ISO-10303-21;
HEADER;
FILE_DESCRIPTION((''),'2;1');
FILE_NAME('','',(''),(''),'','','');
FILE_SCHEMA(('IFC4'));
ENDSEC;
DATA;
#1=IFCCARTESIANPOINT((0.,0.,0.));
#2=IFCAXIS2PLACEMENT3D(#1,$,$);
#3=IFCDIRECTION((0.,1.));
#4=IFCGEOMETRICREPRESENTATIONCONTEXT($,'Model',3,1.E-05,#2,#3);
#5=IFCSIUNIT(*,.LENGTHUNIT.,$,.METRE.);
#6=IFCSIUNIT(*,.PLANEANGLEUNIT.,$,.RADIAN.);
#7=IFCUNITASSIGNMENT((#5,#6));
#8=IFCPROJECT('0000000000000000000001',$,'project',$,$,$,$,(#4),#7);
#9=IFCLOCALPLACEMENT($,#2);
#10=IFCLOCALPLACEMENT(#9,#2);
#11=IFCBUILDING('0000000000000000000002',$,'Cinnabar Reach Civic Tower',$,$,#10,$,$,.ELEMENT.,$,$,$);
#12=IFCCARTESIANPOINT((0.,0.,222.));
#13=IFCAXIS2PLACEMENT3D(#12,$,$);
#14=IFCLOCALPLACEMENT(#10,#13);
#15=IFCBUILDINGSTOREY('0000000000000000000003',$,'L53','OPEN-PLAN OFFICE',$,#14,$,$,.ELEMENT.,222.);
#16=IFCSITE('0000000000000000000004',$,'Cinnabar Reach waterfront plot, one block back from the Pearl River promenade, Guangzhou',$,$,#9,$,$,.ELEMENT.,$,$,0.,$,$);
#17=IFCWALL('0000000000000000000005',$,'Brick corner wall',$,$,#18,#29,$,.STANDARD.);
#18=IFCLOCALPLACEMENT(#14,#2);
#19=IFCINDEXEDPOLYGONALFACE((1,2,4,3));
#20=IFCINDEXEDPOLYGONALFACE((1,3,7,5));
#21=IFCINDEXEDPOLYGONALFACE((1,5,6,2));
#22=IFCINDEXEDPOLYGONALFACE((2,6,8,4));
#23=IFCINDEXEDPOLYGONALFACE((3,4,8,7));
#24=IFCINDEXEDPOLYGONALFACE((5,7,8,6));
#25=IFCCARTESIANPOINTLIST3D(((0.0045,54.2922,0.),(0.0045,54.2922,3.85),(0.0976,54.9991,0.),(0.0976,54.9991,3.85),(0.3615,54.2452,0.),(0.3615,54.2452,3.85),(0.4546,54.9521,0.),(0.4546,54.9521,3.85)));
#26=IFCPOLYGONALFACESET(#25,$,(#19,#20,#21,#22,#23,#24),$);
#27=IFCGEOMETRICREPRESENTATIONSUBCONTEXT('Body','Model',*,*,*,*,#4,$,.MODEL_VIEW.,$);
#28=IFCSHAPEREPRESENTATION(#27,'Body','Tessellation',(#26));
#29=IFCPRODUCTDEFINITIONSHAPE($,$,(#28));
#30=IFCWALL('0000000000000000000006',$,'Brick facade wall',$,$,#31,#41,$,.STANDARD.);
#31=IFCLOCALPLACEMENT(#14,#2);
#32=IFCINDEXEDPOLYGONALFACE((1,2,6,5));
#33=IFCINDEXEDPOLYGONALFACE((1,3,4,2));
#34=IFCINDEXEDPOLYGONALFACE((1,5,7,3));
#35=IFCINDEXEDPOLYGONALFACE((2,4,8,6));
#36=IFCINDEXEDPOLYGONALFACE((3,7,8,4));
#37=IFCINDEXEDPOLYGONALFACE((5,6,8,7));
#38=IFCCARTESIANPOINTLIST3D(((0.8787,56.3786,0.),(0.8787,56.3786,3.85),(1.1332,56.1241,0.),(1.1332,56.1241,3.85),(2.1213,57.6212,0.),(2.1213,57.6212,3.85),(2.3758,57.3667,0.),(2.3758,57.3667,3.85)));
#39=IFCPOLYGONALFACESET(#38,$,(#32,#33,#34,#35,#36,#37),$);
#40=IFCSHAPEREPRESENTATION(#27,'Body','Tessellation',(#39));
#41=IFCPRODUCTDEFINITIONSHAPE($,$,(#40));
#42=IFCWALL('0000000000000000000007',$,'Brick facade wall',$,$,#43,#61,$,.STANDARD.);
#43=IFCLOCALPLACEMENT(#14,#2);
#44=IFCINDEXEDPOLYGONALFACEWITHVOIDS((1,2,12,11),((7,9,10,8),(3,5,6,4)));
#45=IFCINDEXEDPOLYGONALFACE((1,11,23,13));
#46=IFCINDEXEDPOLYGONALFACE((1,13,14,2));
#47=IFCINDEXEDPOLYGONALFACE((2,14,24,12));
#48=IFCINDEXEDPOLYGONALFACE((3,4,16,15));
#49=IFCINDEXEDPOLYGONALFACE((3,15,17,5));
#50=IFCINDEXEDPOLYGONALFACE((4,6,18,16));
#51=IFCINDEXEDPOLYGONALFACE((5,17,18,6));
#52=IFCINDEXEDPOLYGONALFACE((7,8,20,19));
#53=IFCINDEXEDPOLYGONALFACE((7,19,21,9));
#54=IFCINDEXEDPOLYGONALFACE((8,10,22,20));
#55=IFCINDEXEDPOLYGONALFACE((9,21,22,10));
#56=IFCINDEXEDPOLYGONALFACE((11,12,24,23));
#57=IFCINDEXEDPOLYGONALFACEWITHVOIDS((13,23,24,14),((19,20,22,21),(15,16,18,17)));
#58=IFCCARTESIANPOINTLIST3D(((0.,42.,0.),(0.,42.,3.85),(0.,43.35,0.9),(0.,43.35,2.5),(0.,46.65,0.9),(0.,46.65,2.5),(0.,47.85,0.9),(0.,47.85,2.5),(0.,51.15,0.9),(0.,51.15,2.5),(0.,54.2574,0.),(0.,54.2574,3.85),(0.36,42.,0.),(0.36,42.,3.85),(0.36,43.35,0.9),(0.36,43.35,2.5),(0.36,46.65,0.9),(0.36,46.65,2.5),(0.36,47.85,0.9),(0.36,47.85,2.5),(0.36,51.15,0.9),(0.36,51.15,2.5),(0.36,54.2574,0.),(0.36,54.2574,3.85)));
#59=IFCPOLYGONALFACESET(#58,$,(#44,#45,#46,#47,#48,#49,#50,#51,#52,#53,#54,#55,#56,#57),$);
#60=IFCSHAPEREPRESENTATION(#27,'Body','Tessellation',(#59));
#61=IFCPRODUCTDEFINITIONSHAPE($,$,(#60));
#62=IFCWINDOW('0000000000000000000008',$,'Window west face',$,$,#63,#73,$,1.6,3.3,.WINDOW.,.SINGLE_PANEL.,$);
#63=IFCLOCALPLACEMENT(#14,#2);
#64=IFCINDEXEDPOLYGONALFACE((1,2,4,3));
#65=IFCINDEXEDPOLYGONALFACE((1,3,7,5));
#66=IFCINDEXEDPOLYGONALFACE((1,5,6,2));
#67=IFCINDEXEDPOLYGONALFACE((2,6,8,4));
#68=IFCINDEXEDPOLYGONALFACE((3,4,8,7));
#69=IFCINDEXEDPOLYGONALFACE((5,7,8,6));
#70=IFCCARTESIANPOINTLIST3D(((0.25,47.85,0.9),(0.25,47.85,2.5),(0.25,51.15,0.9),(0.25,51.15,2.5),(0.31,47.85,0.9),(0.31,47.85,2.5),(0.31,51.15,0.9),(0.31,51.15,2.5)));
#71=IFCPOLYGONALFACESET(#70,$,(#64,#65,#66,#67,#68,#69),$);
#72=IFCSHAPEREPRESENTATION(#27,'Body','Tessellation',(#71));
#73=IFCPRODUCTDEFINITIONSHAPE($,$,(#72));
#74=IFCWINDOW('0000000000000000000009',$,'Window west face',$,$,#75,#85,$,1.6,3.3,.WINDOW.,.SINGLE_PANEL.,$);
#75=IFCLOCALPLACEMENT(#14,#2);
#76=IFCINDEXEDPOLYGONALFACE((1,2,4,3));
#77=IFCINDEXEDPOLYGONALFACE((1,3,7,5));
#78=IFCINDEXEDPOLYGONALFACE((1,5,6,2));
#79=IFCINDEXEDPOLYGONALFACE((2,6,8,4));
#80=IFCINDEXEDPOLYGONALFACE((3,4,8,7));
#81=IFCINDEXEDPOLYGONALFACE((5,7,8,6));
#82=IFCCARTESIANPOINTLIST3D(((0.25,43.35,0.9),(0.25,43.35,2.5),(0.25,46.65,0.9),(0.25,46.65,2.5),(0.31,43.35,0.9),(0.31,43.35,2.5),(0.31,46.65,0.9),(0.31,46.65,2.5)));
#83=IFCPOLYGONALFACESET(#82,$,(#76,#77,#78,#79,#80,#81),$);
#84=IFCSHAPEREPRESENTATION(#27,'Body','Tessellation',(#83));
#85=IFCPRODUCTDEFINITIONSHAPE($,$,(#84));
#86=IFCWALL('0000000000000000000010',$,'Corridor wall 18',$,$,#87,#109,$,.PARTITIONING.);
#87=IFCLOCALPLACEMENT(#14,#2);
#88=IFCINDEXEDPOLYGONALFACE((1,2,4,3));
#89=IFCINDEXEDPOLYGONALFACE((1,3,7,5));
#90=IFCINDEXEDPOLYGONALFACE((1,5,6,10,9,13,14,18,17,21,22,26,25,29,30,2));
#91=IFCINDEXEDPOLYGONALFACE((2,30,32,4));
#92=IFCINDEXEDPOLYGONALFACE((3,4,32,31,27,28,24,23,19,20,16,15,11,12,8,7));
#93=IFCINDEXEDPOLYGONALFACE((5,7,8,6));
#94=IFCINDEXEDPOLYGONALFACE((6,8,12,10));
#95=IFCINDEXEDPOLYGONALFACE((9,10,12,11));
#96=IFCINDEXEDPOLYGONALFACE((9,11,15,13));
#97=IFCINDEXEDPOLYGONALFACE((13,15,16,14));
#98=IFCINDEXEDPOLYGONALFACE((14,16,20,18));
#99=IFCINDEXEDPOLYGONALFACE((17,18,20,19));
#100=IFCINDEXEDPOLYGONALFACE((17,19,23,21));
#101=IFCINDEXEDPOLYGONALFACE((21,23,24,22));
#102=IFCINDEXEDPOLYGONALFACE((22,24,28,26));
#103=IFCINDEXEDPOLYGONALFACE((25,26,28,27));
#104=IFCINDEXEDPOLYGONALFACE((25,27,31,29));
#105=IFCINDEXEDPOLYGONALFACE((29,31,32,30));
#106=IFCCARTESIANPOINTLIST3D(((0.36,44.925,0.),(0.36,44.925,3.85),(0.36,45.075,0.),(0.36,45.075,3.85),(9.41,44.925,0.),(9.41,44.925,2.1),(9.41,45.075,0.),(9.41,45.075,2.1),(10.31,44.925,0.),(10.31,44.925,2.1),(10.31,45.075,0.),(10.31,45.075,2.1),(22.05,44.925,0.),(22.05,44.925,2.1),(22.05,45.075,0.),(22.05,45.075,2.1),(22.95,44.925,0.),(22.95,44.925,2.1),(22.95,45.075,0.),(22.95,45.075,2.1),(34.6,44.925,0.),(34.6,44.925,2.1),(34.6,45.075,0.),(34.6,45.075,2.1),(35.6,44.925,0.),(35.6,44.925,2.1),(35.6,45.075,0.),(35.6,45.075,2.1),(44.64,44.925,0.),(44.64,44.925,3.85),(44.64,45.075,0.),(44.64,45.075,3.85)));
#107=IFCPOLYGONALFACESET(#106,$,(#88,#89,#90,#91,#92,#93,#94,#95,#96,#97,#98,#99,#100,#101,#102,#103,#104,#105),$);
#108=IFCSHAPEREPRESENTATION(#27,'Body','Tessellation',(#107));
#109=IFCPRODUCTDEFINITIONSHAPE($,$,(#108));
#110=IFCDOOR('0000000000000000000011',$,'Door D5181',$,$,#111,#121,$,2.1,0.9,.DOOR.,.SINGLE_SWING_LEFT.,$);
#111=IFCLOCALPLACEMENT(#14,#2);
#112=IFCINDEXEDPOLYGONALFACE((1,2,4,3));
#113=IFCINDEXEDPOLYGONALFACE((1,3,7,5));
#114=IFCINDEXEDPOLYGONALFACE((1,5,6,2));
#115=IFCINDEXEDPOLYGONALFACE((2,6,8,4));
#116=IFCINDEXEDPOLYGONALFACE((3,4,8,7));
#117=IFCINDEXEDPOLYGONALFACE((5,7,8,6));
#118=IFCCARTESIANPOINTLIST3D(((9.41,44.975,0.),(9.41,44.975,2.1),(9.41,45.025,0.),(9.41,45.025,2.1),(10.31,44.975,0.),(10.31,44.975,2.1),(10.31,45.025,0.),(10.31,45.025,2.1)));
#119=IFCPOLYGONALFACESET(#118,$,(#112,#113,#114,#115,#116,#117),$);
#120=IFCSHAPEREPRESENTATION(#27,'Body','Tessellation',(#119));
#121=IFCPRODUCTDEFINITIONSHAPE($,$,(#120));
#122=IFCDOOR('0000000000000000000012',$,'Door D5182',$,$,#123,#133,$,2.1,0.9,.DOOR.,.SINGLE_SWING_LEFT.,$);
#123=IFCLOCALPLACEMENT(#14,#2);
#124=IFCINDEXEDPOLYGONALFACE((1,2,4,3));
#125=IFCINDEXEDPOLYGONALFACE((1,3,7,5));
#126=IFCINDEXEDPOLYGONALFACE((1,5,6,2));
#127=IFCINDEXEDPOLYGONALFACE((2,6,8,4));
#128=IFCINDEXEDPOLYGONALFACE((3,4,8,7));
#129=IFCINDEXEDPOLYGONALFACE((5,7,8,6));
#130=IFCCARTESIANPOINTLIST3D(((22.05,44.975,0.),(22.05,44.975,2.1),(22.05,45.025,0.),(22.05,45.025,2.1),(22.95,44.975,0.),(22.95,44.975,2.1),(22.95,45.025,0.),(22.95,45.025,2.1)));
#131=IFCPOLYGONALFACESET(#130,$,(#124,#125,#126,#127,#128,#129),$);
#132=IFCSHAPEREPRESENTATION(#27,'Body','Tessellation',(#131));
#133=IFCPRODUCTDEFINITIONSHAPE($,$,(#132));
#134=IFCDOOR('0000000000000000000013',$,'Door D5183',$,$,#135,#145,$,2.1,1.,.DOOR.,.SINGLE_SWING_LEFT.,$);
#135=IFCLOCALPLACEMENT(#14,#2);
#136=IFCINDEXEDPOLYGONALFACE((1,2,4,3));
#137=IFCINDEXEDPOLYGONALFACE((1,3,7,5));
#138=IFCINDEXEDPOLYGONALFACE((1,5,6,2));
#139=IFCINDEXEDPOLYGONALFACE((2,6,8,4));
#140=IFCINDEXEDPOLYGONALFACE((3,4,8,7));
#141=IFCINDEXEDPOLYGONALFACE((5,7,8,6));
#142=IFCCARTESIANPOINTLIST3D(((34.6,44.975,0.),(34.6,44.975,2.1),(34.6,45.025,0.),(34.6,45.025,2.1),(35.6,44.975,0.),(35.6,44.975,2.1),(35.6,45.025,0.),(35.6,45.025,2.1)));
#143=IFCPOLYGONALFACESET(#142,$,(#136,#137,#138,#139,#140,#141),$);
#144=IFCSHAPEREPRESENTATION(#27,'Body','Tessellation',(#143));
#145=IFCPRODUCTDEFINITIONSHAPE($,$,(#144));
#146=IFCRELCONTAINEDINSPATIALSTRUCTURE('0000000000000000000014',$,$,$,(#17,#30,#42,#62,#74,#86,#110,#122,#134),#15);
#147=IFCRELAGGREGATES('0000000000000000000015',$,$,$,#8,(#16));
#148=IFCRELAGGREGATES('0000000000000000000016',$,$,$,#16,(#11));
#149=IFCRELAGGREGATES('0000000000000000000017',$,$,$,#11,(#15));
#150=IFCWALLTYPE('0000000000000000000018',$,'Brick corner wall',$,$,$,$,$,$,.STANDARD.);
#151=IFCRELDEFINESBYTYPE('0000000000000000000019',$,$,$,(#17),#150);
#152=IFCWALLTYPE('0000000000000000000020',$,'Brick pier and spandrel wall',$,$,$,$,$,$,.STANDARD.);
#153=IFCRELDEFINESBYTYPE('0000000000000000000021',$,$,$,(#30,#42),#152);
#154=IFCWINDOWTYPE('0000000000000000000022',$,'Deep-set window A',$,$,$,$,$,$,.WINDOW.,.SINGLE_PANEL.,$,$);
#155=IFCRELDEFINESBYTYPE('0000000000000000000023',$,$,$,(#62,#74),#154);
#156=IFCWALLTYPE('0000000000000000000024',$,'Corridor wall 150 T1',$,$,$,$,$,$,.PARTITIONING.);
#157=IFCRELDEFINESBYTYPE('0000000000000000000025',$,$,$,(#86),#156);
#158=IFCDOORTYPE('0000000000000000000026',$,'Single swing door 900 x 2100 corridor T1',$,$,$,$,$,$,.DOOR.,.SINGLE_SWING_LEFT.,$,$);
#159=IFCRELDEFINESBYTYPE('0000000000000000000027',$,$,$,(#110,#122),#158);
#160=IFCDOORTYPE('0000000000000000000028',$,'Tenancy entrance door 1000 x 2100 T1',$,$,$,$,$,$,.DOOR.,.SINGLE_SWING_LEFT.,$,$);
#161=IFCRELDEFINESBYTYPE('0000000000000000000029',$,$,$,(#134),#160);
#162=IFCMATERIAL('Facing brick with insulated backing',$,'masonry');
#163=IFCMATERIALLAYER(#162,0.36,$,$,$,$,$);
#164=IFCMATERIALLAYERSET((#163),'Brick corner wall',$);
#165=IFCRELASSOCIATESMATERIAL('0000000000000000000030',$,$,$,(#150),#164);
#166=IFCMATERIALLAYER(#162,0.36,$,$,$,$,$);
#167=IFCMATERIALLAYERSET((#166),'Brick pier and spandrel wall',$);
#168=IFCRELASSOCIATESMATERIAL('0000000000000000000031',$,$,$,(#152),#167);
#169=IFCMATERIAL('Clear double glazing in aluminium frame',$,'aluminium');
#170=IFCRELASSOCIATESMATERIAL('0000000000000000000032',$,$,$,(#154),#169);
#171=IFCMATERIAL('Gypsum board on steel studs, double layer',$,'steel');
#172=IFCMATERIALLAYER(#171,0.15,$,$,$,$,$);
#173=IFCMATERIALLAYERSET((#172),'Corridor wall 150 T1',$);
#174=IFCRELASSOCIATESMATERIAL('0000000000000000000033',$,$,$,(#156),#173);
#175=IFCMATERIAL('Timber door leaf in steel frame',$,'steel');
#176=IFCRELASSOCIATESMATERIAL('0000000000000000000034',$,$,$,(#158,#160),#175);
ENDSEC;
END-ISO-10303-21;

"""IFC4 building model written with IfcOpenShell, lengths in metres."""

from ifc_helpers import new_model, si_unit, direction, frame, frame_2d, origin, place, context, subcontext, project, spatial, rectangle, extrude, material, layer, layer_set, type_object, element, fill, save


model = new_model("IFC4")

# Units and contexts
model_context = context("Model", 3, precision=1e-05, world=origin(), true_north=direction((0.0, 1.0)))
body_context = subcontext(model_context, "Body", "Model", "MODEL_VIEW")
ifc_project = project(units=[si_unit("LENGTHUNIT", "METRE"), si_unit("PLANEANGLEUNIT", "RADIAN")], contexts=[model_context])

# Site, building, storey
site_placement = place(None, origin())
site = spatial("IfcSite", under=ifc_project, at=site_placement, Name="Cinnabar Reach waterfront plot, one block back from the Pearl River promenade, Guangzhou", CompositionType="ELEMENT", RefElevation=0.0)
building_placement = place(site_placement, origin())
building = spatial("IfcBuilding", under=site, at=building_placement, Name="Cinnabar Reach Civic Tower", CompositionType="ELEMENT")
storey_placement = place(building_placement, frame((0.0, 0.0, 222.0)))
storey = spatial("IfcBuildingStorey", under=building, at=storey_placement, Name="L53", Description="OPEN-PLAN OFFICE", CompositionType="ELEMENT", Elevation=222.0)

# Walls
ifc_material_1 = material(Name="Facing brick with insulated backing", Category="masonry")
ifc_layer_1 = layer(ifc_material_1, 0.36)
ifc_layer_set_1 = layer_set([ifc_layer_1], Name="Brick corner wall")
wall_type_1 = type_object("IfcWallType", Name="Brick corner wall", PredefinedType="STANDARD", material=ifc_layer_set_1)
for number, where, z_axis, x_axis, name in (
    (1, (0.2761, 54.9756, 0.0), (0.0, 0.0, 1.0), (-0.130556, -0.991441, 0.0), "Brick corner wall"),
):
    element("IfcWall", number, at=place(storey_placement, frame(where, z_axis=z_axis, x_axis=x_axis)), inside=storey, type_object=wall_type_1, Name=name, PredefinedType="STANDARD", context=body_context, shape_type="SweptSolid", body=[
        extrude(rectangle(XDim=0.7131, YDim=0.36, at=frame_2d((0.3565, 0.0))), origin(), (0.0, 0.0, 1.0), 3.85),
    ])
ifc_layer_2 = layer(ifc_material_1, 0.36)
ifc_layer_set_2 = layer_set([ifc_layer_2], Name="Brick pier and spandrel wall")
wall_type_2 = type_object("IfcWallType", Name="Brick pier and spandrel wall", PredefinedType="STANDARD", material=ifc_layer_set_2)
wall_1_placement = place(storey_placement, frame((2.2486, 57.494, 0.0), z_axis=(0.0, 0.0, 1.0), x_axis=(-0.707107, -0.707107, 0.0)))
element("IfcWall", 2, at=wall_1_placement, inside=storey, type_object=wall_type_2, Name="Brick facade wall", PredefinedType="STANDARD", context=body_context, shape_type="SweptSolid", body=[
    extrude(rectangle(XDim=1.7573, YDim=0.36, at=frame_2d((0.8787, 0.0))), origin(), (0.0, 0.0, 1.0), 3.85),
])

# Wall, openings, windows
wall_2_placement = place(storey_placement, frame((0.18, 54.2574, 0.0), z_axis=(0.0, 0.0, 1.0), x_axis=(0.0, -1.0, 0.0)))
wall_2 = element("IfcWall", 3, at=wall_2_placement, inside=storey, type_object=wall_type_2, Name="Brick facade wall", PredefinedType="STANDARD", context=body_context, shape_type="SweptSolid", body=[
    extrude(rectangle(XDim=12.2574, YDim=0.36, at=frame_2d((6.1287, 0.0))), origin(), (0.0, 0.0, 1.0), 3.85),
])
opening_1_placement = place(wall_2_placement, frame((3.1074, 0.0, 0.9)))
opening_1 = element("IfcOpeningElement", 4, at=opening_1_placement, cuts=wall_2, PredefinedType="OPENING", context=body_context, shape_type="SweptSolid", body=[
    extrude(rectangle(XDim=3.3, YDim=1.6, at=frame_2d((1.65, 0.8))), frame((0.0, 0.19, 0.0), z_axis=(0.0, -1.0, 0.0), x_axis=(1.0, 0.0, 0.0)), (0.0, 0.0, 1.0), 0.38),
])
opening_2_placement = place(wall_2_placement, frame((7.6074, 0.0, 0.9)))
opening_2 = element("IfcOpeningElement", 5, at=opening_2_placement, cuts=wall_2, PredefinedType="OPENING", context=body_context, shape_type="SweptSolid", body=[
    extrude(rectangle(XDim=3.3, YDim=1.6, at=frame_2d((1.65, 0.8))), frame((0.0, 0.19, 0.0), z_axis=(0.0, -1.0, 0.0), x_axis=(1.0, 0.0, 0.0)), (0.0, 0.0, 1.0), 0.38),
])
ifc_material_2 = material(Name="Clear double glazing in aluminium frame", Category="aluminium")
window_type = type_object("IfcWindowType", Name="Deep-set window A", PartitioningType="SINGLE_PANEL", PredefinedType="WINDOW", material=ifc_material_2)
window_1_placement = place(opening_1_placement, origin())
window_1 = element("IfcWindow", 6, at=window_1_placement, inside=storey, type_object=window_type, Name="Window west face", OverallHeight=1.6, OverallWidth=3.3, PartitioningType="SINGLE_PANEL", PredefinedType="WINDOW", context=body_context, shape_type="SweptSolid", body=[
    extrude(rectangle(XDim=3.3, YDim=1.6, at=frame_2d((1.65, 0.8))), frame((0.0, 0.13, 0.0), z_axis=(0.0, -1.0, 0.0), x_axis=(1.0, 0.0, 0.0)), (0.0, 0.0, 1.0), 0.06),
])
fill(opening_1, window_1)
window_2_placement = place(opening_2_placement, origin())
window_2 = element("IfcWindow", 7, at=window_2_placement, inside=storey, type_object=window_type, Name="Window west face", OverallHeight=1.6, OverallWidth=3.3, PartitioningType="SINGLE_PANEL", PredefinedType="WINDOW", context=body_context, shape_type="SweptSolid", body=[
    extrude(rectangle(XDim=3.3, YDim=1.6, at=frame_2d((1.65, 0.8))), frame((0.0, 0.13, 0.0), z_axis=(0.0, -1.0, 0.0), x_axis=(1.0, 0.0, 0.0)), (0.0, 0.0, 1.0), 0.06),
])
fill(opening_2, window_2)

# Wall, openings, doors
ifc_material_3 = material(Name="Gypsum board on steel studs, double layer", Category="steel")
ifc_layer_3 = layer(ifc_material_3, 0.15)
ifc_layer_set_3 = layer_set([ifc_layer_3], Name="Corridor wall 150 T1")
wall_type_3 = type_object("IfcWallType", Name="Corridor wall 150 T1", PredefinedType="PARTITIONING", material=ifc_layer_set_3)
wall_3_placement = place(storey_placement, frame((0.36, 45.0, 0.0), z_axis=(0.0, 0.0, 1.0), x_axis=(1.0, 0.0, 0.0)))
wall_3 = element("IfcWall", 8, at=wall_3_placement, inside=storey, type_object=wall_type_3, Name="Corridor wall 18", PredefinedType="PARTITIONING", context=body_context, shape_type="SweptSolid", body=[
    extrude(rectangle(XDim=44.28, YDim=0.15, at=frame_2d((22.14, 0.0))), origin(), (0.0, 0.0, 1.0), 3.85),
])
opening_3_placement = place(wall_3_placement, frame((9.05, 0.0, 0.0)))
opening_3 = element("IfcOpeningElement", 9, at=opening_3_placement, cuts=wall_3, PredefinedType="OPENING", context=body_context, shape_type="SweptSolid", body=[
    extrude(rectangle(XDim=0.9, YDim=2.1, at=frame_2d((0.45, 1.05))), frame((0.0, 0.085, 0.0), z_axis=(0.0, -1.0, 0.0), x_axis=(1.0, 0.0, 0.0)), (0.0, 0.0, 1.0), 0.17),
])
opening_4_placement = place(wall_3_placement, frame((21.69, 0.0, 0.0)))
opening_4 = element("IfcOpeningElement", 10, at=opening_4_placement, cuts=wall_3, PredefinedType="OPENING", context=body_context, shape_type="SweptSolid", body=[
    extrude(rectangle(XDim=0.9, YDim=2.1, at=frame_2d((0.45, 1.05))), frame((0.0, 0.085, 0.0), z_axis=(0.0, -1.0, 0.0), x_axis=(1.0, 0.0, 0.0)), (0.0, 0.0, 1.0), 0.17),
])
opening_5_placement = place(wall_3_placement, frame((34.24, 0.0, 0.0)))
opening_5 = element("IfcOpeningElement", 11, at=opening_5_placement, cuts=wall_3, PredefinedType="OPENING", context=body_context, shape_type="SweptSolid", body=[
    extrude(rectangle(XDim=1.0, YDim=2.1, at=frame_2d((0.5, 1.05))), frame((0.0, 0.085, 0.0), z_axis=(0.0, -1.0, 0.0), x_axis=(1.0, 0.0, 0.0)), (0.0, 0.0, 1.0), 0.17),
])
ifc_material_4 = material(Name="Timber door leaf in steel frame", Category="steel")
door_type_1 = type_object("IfcDoorType", Name="Single swing door 900 x 2100 corridor T1", OperationType="SINGLE_SWING_LEFT", PredefinedType="DOOR", material=ifc_material_4)
door_1_placement = place(opening_3_placement, origin())
door_1 = element("IfcDoor", 12, at=door_1_placement, inside=storey, type_object=door_type_1, Name="Door D5181", OperationType="SINGLE_SWING_LEFT", OverallHeight=2.1, OverallWidth=0.9, PredefinedType="DOOR", context=body_context, shape_type="SweptSolid", body=[
    extrude(rectangle(XDim=0.9, YDim=2.1, at=frame_2d((0.45, 1.05))), frame((0.0, 0.025, 0.0), z_axis=(0.0, -1.0, 0.0), x_axis=(1.0, 0.0, 0.0)), (0.0, 0.0, 1.0), 0.05),
])
fill(opening_3, door_1)
door_2_placement = place(opening_4_placement, origin())
door_2 = element("IfcDoor", 13, at=door_2_placement, inside=storey, type_object=door_type_1, Name="Door D5182", OperationType="SINGLE_SWING_LEFT", OverallHeight=2.1, OverallWidth=0.9, PredefinedType="DOOR", context=body_context, shape_type="SweptSolid", body=[
    extrude(rectangle(XDim=0.9, YDim=2.1, at=frame_2d((0.45, 1.05))), frame((0.0, 0.025, 0.0), z_axis=(0.0, -1.0, 0.0), x_axis=(1.0, 0.0, 0.0)), (0.0, 0.0, 1.0), 0.05),
])
fill(opening_4, door_2)
door_type_2 = type_object("IfcDoorType", Name="Tenancy entrance door 1000 x 2100 T1", OperationType="SINGLE_SWING_LEFT", PredefinedType="DOOR", material=ifc_material_4)
door_3_placement = place(opening_5_placement, origin())
door_3 = element("IfcDoor", 14, at=door_3_placement, inside=storey, type_object=door_type_2, Name="Door D5183", OperationType="SINGLE_SWING_LEFT", OverallHeight=2.1, OverallWidth=1.0, PredefinedType="DOOR", context=body_context, shape_type="SweptSolid", body=[
    extrude(rectangle(XDim=1.0, YDim=2.1, at=frame_2d((0.5, 1.05))), frame((0.0, 0.025, 0.0), z_axis=(0.0, -1.0, 0.0), x_axis=(1.0, 0.0, 0.0)), (0.0, 0.0, 1.0), 0.05),
])
fill(opening_5, door_3)

save(model, "model.ifc")
